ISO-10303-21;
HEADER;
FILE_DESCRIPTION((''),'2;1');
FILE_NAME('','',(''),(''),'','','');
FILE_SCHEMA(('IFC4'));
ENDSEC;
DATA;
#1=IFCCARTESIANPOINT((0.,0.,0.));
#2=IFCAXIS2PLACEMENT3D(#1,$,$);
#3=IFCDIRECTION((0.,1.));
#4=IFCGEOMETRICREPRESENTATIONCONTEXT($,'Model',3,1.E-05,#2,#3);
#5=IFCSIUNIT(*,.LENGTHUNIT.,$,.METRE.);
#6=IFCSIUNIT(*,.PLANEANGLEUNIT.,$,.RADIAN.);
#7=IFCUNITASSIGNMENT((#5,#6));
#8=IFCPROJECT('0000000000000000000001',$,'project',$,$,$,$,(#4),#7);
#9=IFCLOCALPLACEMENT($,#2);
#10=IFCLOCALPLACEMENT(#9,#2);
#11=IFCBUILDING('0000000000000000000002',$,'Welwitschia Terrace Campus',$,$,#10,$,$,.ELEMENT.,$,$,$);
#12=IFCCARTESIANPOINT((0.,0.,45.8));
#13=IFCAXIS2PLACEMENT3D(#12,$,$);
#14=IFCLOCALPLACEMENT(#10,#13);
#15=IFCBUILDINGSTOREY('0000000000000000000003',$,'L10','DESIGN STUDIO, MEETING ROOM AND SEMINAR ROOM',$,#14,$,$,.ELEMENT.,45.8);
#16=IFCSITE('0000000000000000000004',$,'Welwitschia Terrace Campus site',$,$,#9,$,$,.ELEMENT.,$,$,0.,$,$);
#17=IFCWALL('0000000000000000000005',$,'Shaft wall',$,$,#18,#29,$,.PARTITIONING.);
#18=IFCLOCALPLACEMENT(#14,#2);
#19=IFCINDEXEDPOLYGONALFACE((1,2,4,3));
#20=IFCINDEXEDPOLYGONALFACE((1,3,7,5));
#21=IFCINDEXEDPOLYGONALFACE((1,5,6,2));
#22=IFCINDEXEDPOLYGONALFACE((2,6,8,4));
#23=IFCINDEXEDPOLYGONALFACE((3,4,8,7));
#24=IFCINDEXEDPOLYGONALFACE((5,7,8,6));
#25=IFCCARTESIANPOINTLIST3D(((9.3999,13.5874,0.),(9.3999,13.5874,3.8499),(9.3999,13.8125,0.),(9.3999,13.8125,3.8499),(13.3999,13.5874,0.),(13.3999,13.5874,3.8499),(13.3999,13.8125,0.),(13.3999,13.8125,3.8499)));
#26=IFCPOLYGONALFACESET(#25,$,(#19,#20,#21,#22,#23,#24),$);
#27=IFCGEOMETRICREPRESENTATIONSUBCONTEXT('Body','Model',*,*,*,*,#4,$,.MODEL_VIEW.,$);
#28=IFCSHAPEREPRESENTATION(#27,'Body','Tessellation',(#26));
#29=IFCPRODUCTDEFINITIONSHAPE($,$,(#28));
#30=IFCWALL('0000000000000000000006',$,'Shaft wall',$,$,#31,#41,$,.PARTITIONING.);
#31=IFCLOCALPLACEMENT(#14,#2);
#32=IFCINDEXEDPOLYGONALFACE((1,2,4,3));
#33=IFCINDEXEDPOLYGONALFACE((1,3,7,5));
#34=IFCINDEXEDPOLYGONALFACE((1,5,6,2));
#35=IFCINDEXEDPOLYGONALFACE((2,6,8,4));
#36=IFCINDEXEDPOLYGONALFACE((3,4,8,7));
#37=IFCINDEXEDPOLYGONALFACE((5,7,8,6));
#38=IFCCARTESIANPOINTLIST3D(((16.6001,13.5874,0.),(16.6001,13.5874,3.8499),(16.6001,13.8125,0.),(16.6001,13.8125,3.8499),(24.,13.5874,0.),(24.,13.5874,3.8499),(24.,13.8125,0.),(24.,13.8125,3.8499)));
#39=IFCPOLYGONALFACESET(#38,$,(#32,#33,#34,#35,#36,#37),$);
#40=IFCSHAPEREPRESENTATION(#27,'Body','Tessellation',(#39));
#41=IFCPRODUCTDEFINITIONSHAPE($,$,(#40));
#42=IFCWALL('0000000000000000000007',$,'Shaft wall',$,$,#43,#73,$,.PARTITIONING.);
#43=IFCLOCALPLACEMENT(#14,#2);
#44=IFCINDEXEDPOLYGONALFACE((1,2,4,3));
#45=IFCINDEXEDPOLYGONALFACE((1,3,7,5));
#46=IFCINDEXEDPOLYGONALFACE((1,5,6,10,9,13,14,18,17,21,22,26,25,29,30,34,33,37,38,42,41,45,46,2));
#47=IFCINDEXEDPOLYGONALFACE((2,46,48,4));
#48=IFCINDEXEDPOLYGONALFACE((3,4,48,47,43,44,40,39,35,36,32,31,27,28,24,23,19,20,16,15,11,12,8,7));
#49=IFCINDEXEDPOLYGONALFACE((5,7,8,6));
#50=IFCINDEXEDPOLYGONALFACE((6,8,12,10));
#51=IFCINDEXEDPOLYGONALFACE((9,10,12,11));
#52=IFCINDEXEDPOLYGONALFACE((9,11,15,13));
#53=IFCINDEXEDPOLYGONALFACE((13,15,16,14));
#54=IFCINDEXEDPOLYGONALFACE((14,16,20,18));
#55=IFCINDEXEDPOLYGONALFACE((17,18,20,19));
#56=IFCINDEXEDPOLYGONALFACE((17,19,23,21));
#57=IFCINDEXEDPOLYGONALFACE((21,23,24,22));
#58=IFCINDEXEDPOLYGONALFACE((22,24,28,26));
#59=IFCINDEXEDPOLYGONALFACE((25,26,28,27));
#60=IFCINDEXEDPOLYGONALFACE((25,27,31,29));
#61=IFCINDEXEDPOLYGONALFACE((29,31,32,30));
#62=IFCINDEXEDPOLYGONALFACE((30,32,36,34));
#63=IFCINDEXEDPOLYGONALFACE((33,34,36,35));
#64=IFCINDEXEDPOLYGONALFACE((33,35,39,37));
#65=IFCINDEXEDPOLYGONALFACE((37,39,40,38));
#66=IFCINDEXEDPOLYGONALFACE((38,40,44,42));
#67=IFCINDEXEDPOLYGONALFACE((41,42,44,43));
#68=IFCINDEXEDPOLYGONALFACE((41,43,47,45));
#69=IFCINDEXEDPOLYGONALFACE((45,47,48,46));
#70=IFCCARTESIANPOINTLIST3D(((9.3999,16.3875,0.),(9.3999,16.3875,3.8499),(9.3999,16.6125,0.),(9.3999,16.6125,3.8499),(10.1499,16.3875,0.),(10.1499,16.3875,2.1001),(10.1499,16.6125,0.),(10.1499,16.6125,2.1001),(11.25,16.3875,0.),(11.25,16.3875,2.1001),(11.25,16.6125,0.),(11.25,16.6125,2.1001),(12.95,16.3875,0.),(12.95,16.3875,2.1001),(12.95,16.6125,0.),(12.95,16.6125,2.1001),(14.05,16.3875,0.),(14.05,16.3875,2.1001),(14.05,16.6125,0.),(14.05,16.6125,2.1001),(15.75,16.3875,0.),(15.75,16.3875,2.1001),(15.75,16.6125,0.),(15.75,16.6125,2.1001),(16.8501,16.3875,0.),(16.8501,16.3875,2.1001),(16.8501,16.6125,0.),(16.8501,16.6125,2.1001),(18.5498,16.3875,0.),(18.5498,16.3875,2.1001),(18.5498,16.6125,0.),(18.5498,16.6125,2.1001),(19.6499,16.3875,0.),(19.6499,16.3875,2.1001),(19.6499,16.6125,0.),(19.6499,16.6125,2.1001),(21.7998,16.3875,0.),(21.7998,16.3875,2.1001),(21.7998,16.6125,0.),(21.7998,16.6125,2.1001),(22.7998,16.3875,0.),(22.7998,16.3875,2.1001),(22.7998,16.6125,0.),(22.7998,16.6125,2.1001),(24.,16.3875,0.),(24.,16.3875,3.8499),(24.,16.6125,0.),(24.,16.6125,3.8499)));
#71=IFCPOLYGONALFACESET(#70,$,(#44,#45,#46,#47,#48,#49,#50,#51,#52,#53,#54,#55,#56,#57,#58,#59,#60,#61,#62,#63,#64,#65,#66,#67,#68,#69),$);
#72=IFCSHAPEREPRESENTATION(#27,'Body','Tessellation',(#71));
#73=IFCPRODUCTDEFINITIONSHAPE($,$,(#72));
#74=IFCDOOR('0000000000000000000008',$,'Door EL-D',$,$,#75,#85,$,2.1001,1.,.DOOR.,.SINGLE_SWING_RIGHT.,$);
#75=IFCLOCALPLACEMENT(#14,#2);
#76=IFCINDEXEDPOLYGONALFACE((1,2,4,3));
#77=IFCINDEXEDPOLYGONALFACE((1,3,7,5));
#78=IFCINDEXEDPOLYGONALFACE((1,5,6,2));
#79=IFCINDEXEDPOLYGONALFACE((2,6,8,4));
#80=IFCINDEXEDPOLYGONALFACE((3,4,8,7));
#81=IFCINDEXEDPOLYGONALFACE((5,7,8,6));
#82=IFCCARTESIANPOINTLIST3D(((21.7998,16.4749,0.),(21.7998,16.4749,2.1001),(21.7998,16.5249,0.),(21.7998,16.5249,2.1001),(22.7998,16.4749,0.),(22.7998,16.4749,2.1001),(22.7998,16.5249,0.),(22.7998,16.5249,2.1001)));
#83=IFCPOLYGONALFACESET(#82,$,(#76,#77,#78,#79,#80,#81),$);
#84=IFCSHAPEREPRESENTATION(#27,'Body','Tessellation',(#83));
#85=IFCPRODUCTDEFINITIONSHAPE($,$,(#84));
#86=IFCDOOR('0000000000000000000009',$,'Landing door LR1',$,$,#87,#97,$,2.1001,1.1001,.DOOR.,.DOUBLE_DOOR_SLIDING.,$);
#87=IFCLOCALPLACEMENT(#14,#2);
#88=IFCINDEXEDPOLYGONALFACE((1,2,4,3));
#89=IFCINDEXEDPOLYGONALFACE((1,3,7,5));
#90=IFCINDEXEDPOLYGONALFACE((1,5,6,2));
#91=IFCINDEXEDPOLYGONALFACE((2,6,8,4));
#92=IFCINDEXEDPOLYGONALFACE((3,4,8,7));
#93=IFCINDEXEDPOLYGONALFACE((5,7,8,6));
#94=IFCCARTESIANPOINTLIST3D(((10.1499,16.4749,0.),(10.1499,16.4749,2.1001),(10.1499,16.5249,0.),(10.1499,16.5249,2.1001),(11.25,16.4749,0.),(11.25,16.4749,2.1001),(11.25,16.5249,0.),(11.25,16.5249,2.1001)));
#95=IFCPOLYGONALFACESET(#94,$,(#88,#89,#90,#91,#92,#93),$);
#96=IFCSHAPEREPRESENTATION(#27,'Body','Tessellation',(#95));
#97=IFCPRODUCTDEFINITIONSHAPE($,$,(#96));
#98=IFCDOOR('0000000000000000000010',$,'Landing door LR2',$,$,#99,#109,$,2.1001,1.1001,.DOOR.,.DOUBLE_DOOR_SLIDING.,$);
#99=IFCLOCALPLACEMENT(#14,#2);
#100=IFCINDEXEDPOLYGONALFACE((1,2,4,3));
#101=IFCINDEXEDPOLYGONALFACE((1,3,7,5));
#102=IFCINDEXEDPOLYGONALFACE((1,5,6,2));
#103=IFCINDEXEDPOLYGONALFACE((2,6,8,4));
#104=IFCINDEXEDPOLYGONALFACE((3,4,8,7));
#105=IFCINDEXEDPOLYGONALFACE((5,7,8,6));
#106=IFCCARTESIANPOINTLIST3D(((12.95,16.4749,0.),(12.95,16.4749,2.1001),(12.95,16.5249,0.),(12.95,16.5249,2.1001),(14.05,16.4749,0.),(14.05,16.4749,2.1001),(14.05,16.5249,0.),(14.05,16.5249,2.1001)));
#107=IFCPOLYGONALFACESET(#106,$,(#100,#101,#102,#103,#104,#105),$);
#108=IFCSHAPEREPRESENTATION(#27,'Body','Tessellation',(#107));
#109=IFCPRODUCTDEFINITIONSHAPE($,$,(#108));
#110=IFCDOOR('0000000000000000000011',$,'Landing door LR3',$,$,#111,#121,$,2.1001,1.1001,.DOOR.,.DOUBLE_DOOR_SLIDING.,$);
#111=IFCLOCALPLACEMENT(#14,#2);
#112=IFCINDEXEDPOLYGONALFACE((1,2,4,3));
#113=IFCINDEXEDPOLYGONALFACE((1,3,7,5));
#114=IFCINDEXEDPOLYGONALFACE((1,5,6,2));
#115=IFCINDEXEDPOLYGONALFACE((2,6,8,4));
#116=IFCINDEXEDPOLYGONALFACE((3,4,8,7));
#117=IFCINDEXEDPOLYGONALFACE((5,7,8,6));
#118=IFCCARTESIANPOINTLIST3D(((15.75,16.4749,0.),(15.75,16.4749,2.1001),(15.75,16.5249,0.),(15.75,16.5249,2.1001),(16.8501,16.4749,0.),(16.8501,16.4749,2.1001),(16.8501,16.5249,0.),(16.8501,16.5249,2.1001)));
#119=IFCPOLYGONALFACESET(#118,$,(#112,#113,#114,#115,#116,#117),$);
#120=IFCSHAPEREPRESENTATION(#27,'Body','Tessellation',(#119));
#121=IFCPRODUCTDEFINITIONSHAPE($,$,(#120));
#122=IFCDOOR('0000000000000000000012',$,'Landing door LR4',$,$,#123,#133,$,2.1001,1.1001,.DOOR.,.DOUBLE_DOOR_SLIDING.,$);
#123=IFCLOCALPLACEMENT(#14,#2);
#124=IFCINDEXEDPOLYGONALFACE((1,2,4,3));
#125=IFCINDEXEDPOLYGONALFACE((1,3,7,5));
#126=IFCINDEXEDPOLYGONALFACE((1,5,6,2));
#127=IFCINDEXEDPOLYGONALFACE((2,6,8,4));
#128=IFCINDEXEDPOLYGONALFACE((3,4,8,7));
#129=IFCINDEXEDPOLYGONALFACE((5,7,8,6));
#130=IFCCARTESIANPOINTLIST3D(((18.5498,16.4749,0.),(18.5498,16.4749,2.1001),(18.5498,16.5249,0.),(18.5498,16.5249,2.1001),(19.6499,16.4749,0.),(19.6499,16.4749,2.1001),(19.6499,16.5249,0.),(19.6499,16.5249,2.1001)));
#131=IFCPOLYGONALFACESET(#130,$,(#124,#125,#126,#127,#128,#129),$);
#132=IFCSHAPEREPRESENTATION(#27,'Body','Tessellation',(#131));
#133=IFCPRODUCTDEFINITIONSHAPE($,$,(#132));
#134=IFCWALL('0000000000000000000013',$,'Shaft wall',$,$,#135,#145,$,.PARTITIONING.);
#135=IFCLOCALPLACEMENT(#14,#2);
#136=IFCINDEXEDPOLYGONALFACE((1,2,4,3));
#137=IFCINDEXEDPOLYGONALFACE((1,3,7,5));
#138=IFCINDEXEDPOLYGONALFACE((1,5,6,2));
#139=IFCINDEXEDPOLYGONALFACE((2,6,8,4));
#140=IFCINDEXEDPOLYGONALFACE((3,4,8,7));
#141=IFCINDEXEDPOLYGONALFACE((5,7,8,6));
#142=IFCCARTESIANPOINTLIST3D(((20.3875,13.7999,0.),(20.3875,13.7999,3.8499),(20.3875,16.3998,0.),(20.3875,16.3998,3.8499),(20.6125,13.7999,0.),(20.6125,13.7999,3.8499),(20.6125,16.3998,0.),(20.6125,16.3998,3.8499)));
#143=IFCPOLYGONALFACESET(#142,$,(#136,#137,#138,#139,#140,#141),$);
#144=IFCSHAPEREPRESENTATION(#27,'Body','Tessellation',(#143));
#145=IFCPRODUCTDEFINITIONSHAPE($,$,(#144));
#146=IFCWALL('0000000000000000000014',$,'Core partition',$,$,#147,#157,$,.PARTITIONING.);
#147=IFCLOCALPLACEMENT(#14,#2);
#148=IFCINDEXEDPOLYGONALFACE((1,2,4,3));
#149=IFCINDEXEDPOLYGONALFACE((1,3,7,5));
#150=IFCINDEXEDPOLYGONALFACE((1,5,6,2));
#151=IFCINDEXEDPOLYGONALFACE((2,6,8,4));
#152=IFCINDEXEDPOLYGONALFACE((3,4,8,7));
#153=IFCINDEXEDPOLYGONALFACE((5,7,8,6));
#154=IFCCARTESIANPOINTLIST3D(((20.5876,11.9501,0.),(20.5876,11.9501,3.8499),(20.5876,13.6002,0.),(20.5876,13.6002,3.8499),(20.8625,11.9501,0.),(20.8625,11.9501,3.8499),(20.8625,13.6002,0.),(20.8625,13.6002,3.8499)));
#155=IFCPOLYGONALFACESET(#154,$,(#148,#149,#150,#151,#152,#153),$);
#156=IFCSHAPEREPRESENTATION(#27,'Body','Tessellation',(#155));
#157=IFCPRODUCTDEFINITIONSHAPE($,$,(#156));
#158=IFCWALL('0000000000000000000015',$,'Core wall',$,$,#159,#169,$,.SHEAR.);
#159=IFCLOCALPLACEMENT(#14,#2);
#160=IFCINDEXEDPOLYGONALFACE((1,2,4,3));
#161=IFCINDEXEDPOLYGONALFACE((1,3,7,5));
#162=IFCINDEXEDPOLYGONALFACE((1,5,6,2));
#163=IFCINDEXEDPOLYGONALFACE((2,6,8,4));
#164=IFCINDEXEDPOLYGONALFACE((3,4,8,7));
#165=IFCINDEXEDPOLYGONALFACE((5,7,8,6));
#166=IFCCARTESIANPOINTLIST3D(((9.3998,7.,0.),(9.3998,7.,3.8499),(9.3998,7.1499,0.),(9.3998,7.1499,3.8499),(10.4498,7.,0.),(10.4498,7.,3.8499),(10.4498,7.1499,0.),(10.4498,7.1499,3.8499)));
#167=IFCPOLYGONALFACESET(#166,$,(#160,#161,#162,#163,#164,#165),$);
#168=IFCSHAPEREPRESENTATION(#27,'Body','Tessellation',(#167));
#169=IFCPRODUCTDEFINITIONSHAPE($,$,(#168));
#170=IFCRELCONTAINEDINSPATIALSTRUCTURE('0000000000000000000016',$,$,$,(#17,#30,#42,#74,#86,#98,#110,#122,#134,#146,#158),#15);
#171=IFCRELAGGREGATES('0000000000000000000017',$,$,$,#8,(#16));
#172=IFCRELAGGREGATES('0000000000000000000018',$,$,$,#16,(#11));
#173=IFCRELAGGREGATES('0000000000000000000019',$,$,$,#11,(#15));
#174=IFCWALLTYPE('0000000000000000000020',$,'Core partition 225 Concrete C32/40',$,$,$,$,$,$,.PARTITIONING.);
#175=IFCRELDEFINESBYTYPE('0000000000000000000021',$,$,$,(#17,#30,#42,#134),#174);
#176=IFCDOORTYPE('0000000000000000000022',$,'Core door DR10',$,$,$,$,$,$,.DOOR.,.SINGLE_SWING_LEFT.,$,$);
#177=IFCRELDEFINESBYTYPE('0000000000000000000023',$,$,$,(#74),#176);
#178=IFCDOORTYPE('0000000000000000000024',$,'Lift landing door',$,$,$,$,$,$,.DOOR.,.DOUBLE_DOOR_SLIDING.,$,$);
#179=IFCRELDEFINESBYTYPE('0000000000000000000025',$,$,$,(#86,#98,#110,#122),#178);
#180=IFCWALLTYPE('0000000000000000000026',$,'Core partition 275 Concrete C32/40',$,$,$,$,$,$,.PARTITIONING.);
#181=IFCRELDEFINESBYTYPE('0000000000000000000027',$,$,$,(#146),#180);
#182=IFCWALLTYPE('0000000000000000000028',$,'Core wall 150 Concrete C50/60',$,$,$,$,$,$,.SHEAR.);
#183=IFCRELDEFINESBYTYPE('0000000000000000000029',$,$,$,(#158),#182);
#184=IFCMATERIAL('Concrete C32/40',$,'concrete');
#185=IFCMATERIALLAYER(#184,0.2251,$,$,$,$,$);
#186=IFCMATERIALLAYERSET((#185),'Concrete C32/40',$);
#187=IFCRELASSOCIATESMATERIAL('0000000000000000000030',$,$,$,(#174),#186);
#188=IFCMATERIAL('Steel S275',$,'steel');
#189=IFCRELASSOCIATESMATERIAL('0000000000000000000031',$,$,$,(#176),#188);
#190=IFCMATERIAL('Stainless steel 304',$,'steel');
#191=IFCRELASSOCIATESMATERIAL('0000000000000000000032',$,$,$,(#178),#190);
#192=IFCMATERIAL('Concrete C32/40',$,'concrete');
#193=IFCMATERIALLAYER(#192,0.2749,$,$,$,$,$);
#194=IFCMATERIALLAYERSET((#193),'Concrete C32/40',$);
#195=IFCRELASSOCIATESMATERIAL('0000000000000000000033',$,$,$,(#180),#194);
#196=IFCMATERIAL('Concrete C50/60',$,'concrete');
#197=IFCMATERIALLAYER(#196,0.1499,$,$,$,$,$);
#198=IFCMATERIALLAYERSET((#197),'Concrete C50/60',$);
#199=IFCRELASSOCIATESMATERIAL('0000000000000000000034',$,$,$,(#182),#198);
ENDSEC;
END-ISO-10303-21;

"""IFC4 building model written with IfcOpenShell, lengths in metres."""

from ifc_helpers import new_model, si_unit, direction, frame, frame_2d, origin, place, context, subcontext, project, spatial, rectangle, extrude, material, layer, layer_set, type_object, element, fill, save


model = new_model("IFC4")

# Units and contexts
model_context = context("Model", 3, precision=1e-05, world=origin(), true_north=direction((0.0, 1.0)))
body_context = subcontext(model_context, "Body", "Model", "MODEL_VIEW")
ifc_project = project(units=[si_unit("LENGTHUNIT", "METRE"), si_unit("PLANEANGLEUNIT", "RADIAN")], contexts=[model_context])

# Site, building, storey
site_placement = place(None, origin())
site = spatial("IfcSite", under=ifc_project, at=site_placement, Name="Welwitschia Terrace Campus site", CompositionType="ELEMENT", RefElevation=0.0)
building_placement = place(site_placement, origin())
building = spatial("IfcBuilding", under=site, at=building_placement, Name="Welwitschia Terrace Campus", CompositionType="ELEMENT")
storey_placement = place(building_placement, frame((0.0, 0.0, 45.8)))
storey = spatial("IfcBuildingStorey", under=building, at=storey_placement, Name="L10", Description="DESIGN STUDIO, MEETING ROOM AND SEMINAR ROOM", CompositionType="ELEMENT", Elevation=45.8)

# Walls
ifc_material_1 = material(Name="Concrete C32/40", Category="concrete")
ifc_layer_1 = layer(ifc_material_1, 0.2251)
ifc_layer_set_1 = layer_set([ifc_layer_1], Name="Concrete C32/40")
wall_type_1 = type_object("IfcWallType", Name="Core partition 225 Concrete C32/40", PredefinedType="PARTITIONING", material=ifc_layer_set_1)
wall_1_placement = place(storey_placement, frame((9.3999, 13.7, 0.0), z_axis=(0.0, 0.0, 1.0), x_axis=(1.0, 0.0, 0.0)))
element("IfcWall", 1, at=wall_1_placement, inside=storey, type_object=wall_type_1, Name="Shaft wall", PredefinedType="PARTITIONING", context=body_context, shape_type="SweptSolid", body=[
    extrude(rectangle(XDim=4.0, YDim=0.2251, at=frame_2d((2.0, 0.0))), origin(), (0.0, 0.0, 1.0), 3.8499),
])
wall_2_placement = place(storey_placement, frame((16.6001, 13.7, 0.0), z_axis=(0.0, 0.0, 1.0), x_axis=(1.0, 0.0, 0.0)))
element("IfcWall", 2, at=wall_2_placement, inside=storey, type_object=wall_type_1, Name="Shaft wall", PredefinedType="PARTITIONING", context=body_context, shape_type="SweptSolid", body=[
    extrude(rectangle(XDim=7.3999, YDim=0.2251, at=frame_2d((3.7, 0.0))), origin(), (0.0, 0.0, 1.0), 3.8499),
])

# Wall, openings, doors
wall_3_placement = place(storey_placement, frame((9.3999, 16.5, 0.0), z_axis=(0.0, 0.0, 1.0), x_axis=(1.0, 0.0, 0.0)))
wall_3 = element("IfcWall", 3, at=wall_3_placement, inside=storey, type_object=wall_type_1, Name="Shaft wall", PredefinedType="PARTITIONING", context=body_context, shape_type="SweptSolid", body=[
    extrude(rectangle(XDim=14.6001, YDim=0.2251, at=frame_2d((7.3, 0.0))), origin(), (0.0, 0.0, 1.0), 3.8499),
])
opening_1_placement = place(wall_3_placement, frame((0.75, 0.0, 0.0)))
opening_1 = element("IfcOpeningElement", 4, at=opening_1_placement, cuts=wall_3, PredefinedType="OPENING", context=body_context, shape_type="SweptSolid", body=[
    extrude(rectangle(XDim=1.1001, YDim=2.1001, at=frame_2d((0.55, 1.05))), frame((0.0, 0.1226, 0.0), z_axis=(0.0, -1.0, 0.0), x_axis=(1.0, 0.0, 0.0)), (0.0, 0.0, 1.0), 0.2451),
])
opening_2_placement = place(wall_3_placement, frame((3.55, 0.0, 0.0)))
opening_2 = element("IfcOpeningElement", 5, at=opening_2_placement, cuts=wall_3, PredefinedType="OPENING", context=body_context, shape_type="SweptSolid", body=[
    extrude(rectangle(XDim=1.1001, YDim=2.1001, at=frame_2d((0.55, 1.05))), frame((0.0, 0.1226, 0.0), z_axis=(0.0, -1.0, 0.0), x_axis=(1.0, 0.0, 0.0)), (0.0, 0.0, 1.0), 0.2451),
])
opening_3_placement = place(wall_3_placement, frame((6.3501, 0.0, 0.0)))
opening_3 = element("IfcOpeningElement", 6, at=opening_3_placement, cuts=wall_3, PredefinedType="OPENING", context=body_context, shape_type="SweptSolid", body=[
    extrude(rectangle(XDim=1.1001, YDim=2.1001, at=frame_2d((0.55, 1.05))), frame((0.0, 0.1226, 0.0), z_axis=(0.0, -1.0, 0.0), x_axis=(1.0, 0.0, 0.0)), (0.0, 0.0, 1.0), 0.2451),
])
opening_4_placement = place(wall_3_placement, frame((9.1499, 0.0, 0.0)))
opening_4 = element("IfcOpeningElement", 7, at=opening_4_placement, cuts=wall_3, PredefinedType="OPENING", context=body_context, shape_type="SweptSolid", body=[
    extrude(rectangle(XDim=1.1001, YDim=2.1001, at=frame_2d((0.55, 1.05))), frame((0.0, 0.1226, 0.0), z_axis=(0.0, -1.0, 0.0), x_axis=(1.0, 0.0, 0.0)), (0.0, 0.0, 1.0), 0.2451),
])
opening_5_placement = place(wall_3_placement, frame((12.3999, 0.0, 0.0)))
opening_5 = element("IfcOpeningElement", 8, at=opening_5_placement, cuts=wall_3, PredefinedType="OPENING", context=body_context, shape_type="SweptSolid", body=[
    extrude(rectangle(XDim=1.0, YDim=2.1001, at=frame_2d((0.5, 1.05))), frame((0.0, 0.1226, 0.0), z_axis=(0.0, -1.0, 0.0), x_axis=(1.0, 0.0, 0.0)), (0.0, 0.0, 1.0), 0.2451),
])
ifc_material_2 = material(Name="Steel S275", Category="steel")
door_type_1 = type_object("IfcDoorType", Name="Core door DR10", OperationType="SINGLE_SWING_LEFT", PredefinedType="DOOR", material=ifc_material_2)
door_1_placement = place(opening_5_placement, origin())
door_1 = element("IfcDoor", 9, at=door_1_placement, inside=storey, type_object=door_type_1, Name="Door EL-D", OperationType="SINGLE_SWING_RIGHT", OverallHeight=2.1001, OverallWidth=1.0, PredefinedType="DOOR", context=body_context, shape_type="SweptSolid", body=[
    extrude(rectangle(XDim=1.0, YDim=2.1001, at=frame_2d((0.5, 1.05))), frame((0.0, 0.0249, 0.0), z_axis=(0.0, -1.0, 0.0), x_axis=(1.0, 0.0, 0.0)), (0.0, 0.0, 1.0), 0.05),
])
fill(opening_5, door_1)
ifc_material_3 = material(Name="Stainless steel 304", Category="steel")
door_type_2 = type_object("IfcDoorType", Name="Lift landing door", OperationType="DOUBLE_DOOR_SLIDING", PredefinedType="DOOR", material=ifc_material_3)
door_2_placement = place(opening_1_placement, origin())
door_2 = element("IfcDoor", 10, at=door_2_placement, inside=storey, type_object=door_type_2, Name="Landing door LR1", OperationType="DOUBLE_DOOR_SLIDING", OverallHeight=2.1001, OverallWidth=1.1001, PredefinedType="DOOR", context=body_context, shape_type="SweptSolid", body=[
    extrude(rectangle(XDim=1.1001, YDim=2.1001, at=frame_2d((0.55, 1.05))), frame((0.0, 0.0249, 0.0), z_axis=(0.0, -1.0, 0.0), x_axis=(1.0, 0.0, 0.0)), (0.0, 0.0, 1.0), 0.05),
])
fill(opening_1, door_2)
door_3_placement = place(opening_2_placement, origin())
door_3 = element("IfcDoor", 11, at=door_3_placement, inside=storey, type_object=door_type_2, Name="Landing door LR2", OperationType="DOUBLE_DOOR_SLIDING", OverallHeight=2.1001, OverallWidth=1.1001, PredefinedType="DOOR", context=body_context, shape_type="SweptSolid", body=[
    extrude(rectangle(XDim=1.1001, YDim=2.1001, at=frame_2d((0.55, 1.05))), frame((0.0, 0.0249, 0.0), z_axis=(0.0, -1.0, 0.0), x_axis=(1.0, 0.0, 0.0)), (0.0, 0.0, 1.0), 0.05),
])
fill(opening_2, door_3)
door_4_placement = place(opening_3_placement, origin())
door_4 = element("IfcDoor", 12, at=door_4_placement, inside=storey, type_object=door_type_2, Name="Landing door LR3", OperationType="DOUBLE_DOOR_SLIDING", OverallHeight=2.1001, OverallWidth=1.1001, PredefinedType="DOOR", context=body_context, shape_type="SweptSolid", body=[
    extrude(rectangle(XDim=1.1001, YDim=2.1001, at=frame_2d((0.55, 1.05))), frame((0.0, 0.0249, 0.0), z_axis=(0.0, -1.0, 0.0), x_axis=(1.0, 0.0, 0.0)), (0.0, 0.0, 1.0), 0.05),
])
fill(opening_3, door_4)
door_5_placement = place(opening_4_placement, origin())
door_5 = element("IfcDoor", 13, at=door_5_placement, inside=storey, type_object=door_type_2, Name="Landing door LR4", OperationType="DOUBLE_DOOR_SLIDING", OverallHeight=2.1001, OverallWidth=1.1001, PredefinedType="DOOR", context=body_context, shape_type="SweptSolid", body=[
    extrude(rectangle(XDim=1.1001, YDim=2.1001, at=frame_2d((0.55, 1.05))), frame((0.0, 0.0249, 0.0), z_axis=(0.0, -1.0, 0.0), x_axis=(1.0, 0.0, 0.0)), (0.0, 0.0, 1.0), 0.05),
])
fill(opening_4, door_5)

# Walls
wall_4_placement = place(storey_placement, frame((20.5, 13.8, 0.0), z_axis=(0.0, 0.0, 1.0), x_axis=(0.0, 1.0, 0.0)))
element("IfcWall", 14, at=wall_4_placement, inside=storey, type_object=wall_type_1, Name="Shaft wall", PredefinedType="PARTITIONING", context=body_context, shape_type="SweptSolid", body=[
    extrude(rectangle(XDim=2.5999, YDim=0.2251, at=frame_2d((1.2998, 0.0))), origin(), (0.0, 0.0, 1.0), 3.8499),
])
ifc_material_4 = material(Name="Concrete C32/40", Category="concrete")
ifc_layer_2 = layer(ifc_material_4, 0.2749)
ifc_layer_set_2 = layer_set([ifc_layer_2], Name="Concrete C32/40")
wall_type_2 = type_object("IfcWallType", Name="Core partition 275 Concrete C32/40", PredefinedType="PARTITIONING", material=ifc_layer_set_2)
wall_5_placement = place(storey_placement, frame((20.7251, 11.95, 0.0), z_axis=(0.0, 0.0, 1.0), x_axis=(0.0, 1.0, 0.0)))
element("IfcWall", 15, at=wall_5_placement, inside=storey, type_object=wall_type_2, Name="Core partition", PredefinedType="PARTITIONING", context=body_context, shape_type="SweptSolid", body=[
    extrude(rectangle(XDim=1.6501, YDim=0.2749, at=frame_2d((0.8252, 0.0))), origin(), (0.0, 0.0, 1.0), 3.8499),
])
ifc_material_5 = material(Name="Concrete C50/60", Category="concrete")
ifc_layer_3 = layer(ifc_material_5, 0.1499)
ifc_layer_set_3 = layer_set([ifc_layer_3], Name="Concrete C50/60")
wall_type_3 = type_object("IfcWallType", Name="Core wall 150 Concrete C50/60", PredefinedType="SHEAR", material=ifc_layer_set_3)
for number, where, z_axis, x_axis, name in (
    (16, (9.3999, 7.075, 0.0), (0.0, 0.0, 1.0), (1.0, 0.0, 0.0), "Core wall"),
):
    element("IfcWall", number, at=place(storey_placement, frame(where, z_axis=z_axis, x_axis=x_axis)), inside=storey, type_object=wall_type_3, Name=name, PredefinedType="SHEAR", context=body_context, shape_type="SweptSolid", body=[
        extrude(rectangle(XDim=1.05, YDim=0.1499, at=frame_2d((0.5249, 0.0))), origin(), (0.0, 0.0, 1.0), 3.8499),
    ])

save(model, "model.ifc")
